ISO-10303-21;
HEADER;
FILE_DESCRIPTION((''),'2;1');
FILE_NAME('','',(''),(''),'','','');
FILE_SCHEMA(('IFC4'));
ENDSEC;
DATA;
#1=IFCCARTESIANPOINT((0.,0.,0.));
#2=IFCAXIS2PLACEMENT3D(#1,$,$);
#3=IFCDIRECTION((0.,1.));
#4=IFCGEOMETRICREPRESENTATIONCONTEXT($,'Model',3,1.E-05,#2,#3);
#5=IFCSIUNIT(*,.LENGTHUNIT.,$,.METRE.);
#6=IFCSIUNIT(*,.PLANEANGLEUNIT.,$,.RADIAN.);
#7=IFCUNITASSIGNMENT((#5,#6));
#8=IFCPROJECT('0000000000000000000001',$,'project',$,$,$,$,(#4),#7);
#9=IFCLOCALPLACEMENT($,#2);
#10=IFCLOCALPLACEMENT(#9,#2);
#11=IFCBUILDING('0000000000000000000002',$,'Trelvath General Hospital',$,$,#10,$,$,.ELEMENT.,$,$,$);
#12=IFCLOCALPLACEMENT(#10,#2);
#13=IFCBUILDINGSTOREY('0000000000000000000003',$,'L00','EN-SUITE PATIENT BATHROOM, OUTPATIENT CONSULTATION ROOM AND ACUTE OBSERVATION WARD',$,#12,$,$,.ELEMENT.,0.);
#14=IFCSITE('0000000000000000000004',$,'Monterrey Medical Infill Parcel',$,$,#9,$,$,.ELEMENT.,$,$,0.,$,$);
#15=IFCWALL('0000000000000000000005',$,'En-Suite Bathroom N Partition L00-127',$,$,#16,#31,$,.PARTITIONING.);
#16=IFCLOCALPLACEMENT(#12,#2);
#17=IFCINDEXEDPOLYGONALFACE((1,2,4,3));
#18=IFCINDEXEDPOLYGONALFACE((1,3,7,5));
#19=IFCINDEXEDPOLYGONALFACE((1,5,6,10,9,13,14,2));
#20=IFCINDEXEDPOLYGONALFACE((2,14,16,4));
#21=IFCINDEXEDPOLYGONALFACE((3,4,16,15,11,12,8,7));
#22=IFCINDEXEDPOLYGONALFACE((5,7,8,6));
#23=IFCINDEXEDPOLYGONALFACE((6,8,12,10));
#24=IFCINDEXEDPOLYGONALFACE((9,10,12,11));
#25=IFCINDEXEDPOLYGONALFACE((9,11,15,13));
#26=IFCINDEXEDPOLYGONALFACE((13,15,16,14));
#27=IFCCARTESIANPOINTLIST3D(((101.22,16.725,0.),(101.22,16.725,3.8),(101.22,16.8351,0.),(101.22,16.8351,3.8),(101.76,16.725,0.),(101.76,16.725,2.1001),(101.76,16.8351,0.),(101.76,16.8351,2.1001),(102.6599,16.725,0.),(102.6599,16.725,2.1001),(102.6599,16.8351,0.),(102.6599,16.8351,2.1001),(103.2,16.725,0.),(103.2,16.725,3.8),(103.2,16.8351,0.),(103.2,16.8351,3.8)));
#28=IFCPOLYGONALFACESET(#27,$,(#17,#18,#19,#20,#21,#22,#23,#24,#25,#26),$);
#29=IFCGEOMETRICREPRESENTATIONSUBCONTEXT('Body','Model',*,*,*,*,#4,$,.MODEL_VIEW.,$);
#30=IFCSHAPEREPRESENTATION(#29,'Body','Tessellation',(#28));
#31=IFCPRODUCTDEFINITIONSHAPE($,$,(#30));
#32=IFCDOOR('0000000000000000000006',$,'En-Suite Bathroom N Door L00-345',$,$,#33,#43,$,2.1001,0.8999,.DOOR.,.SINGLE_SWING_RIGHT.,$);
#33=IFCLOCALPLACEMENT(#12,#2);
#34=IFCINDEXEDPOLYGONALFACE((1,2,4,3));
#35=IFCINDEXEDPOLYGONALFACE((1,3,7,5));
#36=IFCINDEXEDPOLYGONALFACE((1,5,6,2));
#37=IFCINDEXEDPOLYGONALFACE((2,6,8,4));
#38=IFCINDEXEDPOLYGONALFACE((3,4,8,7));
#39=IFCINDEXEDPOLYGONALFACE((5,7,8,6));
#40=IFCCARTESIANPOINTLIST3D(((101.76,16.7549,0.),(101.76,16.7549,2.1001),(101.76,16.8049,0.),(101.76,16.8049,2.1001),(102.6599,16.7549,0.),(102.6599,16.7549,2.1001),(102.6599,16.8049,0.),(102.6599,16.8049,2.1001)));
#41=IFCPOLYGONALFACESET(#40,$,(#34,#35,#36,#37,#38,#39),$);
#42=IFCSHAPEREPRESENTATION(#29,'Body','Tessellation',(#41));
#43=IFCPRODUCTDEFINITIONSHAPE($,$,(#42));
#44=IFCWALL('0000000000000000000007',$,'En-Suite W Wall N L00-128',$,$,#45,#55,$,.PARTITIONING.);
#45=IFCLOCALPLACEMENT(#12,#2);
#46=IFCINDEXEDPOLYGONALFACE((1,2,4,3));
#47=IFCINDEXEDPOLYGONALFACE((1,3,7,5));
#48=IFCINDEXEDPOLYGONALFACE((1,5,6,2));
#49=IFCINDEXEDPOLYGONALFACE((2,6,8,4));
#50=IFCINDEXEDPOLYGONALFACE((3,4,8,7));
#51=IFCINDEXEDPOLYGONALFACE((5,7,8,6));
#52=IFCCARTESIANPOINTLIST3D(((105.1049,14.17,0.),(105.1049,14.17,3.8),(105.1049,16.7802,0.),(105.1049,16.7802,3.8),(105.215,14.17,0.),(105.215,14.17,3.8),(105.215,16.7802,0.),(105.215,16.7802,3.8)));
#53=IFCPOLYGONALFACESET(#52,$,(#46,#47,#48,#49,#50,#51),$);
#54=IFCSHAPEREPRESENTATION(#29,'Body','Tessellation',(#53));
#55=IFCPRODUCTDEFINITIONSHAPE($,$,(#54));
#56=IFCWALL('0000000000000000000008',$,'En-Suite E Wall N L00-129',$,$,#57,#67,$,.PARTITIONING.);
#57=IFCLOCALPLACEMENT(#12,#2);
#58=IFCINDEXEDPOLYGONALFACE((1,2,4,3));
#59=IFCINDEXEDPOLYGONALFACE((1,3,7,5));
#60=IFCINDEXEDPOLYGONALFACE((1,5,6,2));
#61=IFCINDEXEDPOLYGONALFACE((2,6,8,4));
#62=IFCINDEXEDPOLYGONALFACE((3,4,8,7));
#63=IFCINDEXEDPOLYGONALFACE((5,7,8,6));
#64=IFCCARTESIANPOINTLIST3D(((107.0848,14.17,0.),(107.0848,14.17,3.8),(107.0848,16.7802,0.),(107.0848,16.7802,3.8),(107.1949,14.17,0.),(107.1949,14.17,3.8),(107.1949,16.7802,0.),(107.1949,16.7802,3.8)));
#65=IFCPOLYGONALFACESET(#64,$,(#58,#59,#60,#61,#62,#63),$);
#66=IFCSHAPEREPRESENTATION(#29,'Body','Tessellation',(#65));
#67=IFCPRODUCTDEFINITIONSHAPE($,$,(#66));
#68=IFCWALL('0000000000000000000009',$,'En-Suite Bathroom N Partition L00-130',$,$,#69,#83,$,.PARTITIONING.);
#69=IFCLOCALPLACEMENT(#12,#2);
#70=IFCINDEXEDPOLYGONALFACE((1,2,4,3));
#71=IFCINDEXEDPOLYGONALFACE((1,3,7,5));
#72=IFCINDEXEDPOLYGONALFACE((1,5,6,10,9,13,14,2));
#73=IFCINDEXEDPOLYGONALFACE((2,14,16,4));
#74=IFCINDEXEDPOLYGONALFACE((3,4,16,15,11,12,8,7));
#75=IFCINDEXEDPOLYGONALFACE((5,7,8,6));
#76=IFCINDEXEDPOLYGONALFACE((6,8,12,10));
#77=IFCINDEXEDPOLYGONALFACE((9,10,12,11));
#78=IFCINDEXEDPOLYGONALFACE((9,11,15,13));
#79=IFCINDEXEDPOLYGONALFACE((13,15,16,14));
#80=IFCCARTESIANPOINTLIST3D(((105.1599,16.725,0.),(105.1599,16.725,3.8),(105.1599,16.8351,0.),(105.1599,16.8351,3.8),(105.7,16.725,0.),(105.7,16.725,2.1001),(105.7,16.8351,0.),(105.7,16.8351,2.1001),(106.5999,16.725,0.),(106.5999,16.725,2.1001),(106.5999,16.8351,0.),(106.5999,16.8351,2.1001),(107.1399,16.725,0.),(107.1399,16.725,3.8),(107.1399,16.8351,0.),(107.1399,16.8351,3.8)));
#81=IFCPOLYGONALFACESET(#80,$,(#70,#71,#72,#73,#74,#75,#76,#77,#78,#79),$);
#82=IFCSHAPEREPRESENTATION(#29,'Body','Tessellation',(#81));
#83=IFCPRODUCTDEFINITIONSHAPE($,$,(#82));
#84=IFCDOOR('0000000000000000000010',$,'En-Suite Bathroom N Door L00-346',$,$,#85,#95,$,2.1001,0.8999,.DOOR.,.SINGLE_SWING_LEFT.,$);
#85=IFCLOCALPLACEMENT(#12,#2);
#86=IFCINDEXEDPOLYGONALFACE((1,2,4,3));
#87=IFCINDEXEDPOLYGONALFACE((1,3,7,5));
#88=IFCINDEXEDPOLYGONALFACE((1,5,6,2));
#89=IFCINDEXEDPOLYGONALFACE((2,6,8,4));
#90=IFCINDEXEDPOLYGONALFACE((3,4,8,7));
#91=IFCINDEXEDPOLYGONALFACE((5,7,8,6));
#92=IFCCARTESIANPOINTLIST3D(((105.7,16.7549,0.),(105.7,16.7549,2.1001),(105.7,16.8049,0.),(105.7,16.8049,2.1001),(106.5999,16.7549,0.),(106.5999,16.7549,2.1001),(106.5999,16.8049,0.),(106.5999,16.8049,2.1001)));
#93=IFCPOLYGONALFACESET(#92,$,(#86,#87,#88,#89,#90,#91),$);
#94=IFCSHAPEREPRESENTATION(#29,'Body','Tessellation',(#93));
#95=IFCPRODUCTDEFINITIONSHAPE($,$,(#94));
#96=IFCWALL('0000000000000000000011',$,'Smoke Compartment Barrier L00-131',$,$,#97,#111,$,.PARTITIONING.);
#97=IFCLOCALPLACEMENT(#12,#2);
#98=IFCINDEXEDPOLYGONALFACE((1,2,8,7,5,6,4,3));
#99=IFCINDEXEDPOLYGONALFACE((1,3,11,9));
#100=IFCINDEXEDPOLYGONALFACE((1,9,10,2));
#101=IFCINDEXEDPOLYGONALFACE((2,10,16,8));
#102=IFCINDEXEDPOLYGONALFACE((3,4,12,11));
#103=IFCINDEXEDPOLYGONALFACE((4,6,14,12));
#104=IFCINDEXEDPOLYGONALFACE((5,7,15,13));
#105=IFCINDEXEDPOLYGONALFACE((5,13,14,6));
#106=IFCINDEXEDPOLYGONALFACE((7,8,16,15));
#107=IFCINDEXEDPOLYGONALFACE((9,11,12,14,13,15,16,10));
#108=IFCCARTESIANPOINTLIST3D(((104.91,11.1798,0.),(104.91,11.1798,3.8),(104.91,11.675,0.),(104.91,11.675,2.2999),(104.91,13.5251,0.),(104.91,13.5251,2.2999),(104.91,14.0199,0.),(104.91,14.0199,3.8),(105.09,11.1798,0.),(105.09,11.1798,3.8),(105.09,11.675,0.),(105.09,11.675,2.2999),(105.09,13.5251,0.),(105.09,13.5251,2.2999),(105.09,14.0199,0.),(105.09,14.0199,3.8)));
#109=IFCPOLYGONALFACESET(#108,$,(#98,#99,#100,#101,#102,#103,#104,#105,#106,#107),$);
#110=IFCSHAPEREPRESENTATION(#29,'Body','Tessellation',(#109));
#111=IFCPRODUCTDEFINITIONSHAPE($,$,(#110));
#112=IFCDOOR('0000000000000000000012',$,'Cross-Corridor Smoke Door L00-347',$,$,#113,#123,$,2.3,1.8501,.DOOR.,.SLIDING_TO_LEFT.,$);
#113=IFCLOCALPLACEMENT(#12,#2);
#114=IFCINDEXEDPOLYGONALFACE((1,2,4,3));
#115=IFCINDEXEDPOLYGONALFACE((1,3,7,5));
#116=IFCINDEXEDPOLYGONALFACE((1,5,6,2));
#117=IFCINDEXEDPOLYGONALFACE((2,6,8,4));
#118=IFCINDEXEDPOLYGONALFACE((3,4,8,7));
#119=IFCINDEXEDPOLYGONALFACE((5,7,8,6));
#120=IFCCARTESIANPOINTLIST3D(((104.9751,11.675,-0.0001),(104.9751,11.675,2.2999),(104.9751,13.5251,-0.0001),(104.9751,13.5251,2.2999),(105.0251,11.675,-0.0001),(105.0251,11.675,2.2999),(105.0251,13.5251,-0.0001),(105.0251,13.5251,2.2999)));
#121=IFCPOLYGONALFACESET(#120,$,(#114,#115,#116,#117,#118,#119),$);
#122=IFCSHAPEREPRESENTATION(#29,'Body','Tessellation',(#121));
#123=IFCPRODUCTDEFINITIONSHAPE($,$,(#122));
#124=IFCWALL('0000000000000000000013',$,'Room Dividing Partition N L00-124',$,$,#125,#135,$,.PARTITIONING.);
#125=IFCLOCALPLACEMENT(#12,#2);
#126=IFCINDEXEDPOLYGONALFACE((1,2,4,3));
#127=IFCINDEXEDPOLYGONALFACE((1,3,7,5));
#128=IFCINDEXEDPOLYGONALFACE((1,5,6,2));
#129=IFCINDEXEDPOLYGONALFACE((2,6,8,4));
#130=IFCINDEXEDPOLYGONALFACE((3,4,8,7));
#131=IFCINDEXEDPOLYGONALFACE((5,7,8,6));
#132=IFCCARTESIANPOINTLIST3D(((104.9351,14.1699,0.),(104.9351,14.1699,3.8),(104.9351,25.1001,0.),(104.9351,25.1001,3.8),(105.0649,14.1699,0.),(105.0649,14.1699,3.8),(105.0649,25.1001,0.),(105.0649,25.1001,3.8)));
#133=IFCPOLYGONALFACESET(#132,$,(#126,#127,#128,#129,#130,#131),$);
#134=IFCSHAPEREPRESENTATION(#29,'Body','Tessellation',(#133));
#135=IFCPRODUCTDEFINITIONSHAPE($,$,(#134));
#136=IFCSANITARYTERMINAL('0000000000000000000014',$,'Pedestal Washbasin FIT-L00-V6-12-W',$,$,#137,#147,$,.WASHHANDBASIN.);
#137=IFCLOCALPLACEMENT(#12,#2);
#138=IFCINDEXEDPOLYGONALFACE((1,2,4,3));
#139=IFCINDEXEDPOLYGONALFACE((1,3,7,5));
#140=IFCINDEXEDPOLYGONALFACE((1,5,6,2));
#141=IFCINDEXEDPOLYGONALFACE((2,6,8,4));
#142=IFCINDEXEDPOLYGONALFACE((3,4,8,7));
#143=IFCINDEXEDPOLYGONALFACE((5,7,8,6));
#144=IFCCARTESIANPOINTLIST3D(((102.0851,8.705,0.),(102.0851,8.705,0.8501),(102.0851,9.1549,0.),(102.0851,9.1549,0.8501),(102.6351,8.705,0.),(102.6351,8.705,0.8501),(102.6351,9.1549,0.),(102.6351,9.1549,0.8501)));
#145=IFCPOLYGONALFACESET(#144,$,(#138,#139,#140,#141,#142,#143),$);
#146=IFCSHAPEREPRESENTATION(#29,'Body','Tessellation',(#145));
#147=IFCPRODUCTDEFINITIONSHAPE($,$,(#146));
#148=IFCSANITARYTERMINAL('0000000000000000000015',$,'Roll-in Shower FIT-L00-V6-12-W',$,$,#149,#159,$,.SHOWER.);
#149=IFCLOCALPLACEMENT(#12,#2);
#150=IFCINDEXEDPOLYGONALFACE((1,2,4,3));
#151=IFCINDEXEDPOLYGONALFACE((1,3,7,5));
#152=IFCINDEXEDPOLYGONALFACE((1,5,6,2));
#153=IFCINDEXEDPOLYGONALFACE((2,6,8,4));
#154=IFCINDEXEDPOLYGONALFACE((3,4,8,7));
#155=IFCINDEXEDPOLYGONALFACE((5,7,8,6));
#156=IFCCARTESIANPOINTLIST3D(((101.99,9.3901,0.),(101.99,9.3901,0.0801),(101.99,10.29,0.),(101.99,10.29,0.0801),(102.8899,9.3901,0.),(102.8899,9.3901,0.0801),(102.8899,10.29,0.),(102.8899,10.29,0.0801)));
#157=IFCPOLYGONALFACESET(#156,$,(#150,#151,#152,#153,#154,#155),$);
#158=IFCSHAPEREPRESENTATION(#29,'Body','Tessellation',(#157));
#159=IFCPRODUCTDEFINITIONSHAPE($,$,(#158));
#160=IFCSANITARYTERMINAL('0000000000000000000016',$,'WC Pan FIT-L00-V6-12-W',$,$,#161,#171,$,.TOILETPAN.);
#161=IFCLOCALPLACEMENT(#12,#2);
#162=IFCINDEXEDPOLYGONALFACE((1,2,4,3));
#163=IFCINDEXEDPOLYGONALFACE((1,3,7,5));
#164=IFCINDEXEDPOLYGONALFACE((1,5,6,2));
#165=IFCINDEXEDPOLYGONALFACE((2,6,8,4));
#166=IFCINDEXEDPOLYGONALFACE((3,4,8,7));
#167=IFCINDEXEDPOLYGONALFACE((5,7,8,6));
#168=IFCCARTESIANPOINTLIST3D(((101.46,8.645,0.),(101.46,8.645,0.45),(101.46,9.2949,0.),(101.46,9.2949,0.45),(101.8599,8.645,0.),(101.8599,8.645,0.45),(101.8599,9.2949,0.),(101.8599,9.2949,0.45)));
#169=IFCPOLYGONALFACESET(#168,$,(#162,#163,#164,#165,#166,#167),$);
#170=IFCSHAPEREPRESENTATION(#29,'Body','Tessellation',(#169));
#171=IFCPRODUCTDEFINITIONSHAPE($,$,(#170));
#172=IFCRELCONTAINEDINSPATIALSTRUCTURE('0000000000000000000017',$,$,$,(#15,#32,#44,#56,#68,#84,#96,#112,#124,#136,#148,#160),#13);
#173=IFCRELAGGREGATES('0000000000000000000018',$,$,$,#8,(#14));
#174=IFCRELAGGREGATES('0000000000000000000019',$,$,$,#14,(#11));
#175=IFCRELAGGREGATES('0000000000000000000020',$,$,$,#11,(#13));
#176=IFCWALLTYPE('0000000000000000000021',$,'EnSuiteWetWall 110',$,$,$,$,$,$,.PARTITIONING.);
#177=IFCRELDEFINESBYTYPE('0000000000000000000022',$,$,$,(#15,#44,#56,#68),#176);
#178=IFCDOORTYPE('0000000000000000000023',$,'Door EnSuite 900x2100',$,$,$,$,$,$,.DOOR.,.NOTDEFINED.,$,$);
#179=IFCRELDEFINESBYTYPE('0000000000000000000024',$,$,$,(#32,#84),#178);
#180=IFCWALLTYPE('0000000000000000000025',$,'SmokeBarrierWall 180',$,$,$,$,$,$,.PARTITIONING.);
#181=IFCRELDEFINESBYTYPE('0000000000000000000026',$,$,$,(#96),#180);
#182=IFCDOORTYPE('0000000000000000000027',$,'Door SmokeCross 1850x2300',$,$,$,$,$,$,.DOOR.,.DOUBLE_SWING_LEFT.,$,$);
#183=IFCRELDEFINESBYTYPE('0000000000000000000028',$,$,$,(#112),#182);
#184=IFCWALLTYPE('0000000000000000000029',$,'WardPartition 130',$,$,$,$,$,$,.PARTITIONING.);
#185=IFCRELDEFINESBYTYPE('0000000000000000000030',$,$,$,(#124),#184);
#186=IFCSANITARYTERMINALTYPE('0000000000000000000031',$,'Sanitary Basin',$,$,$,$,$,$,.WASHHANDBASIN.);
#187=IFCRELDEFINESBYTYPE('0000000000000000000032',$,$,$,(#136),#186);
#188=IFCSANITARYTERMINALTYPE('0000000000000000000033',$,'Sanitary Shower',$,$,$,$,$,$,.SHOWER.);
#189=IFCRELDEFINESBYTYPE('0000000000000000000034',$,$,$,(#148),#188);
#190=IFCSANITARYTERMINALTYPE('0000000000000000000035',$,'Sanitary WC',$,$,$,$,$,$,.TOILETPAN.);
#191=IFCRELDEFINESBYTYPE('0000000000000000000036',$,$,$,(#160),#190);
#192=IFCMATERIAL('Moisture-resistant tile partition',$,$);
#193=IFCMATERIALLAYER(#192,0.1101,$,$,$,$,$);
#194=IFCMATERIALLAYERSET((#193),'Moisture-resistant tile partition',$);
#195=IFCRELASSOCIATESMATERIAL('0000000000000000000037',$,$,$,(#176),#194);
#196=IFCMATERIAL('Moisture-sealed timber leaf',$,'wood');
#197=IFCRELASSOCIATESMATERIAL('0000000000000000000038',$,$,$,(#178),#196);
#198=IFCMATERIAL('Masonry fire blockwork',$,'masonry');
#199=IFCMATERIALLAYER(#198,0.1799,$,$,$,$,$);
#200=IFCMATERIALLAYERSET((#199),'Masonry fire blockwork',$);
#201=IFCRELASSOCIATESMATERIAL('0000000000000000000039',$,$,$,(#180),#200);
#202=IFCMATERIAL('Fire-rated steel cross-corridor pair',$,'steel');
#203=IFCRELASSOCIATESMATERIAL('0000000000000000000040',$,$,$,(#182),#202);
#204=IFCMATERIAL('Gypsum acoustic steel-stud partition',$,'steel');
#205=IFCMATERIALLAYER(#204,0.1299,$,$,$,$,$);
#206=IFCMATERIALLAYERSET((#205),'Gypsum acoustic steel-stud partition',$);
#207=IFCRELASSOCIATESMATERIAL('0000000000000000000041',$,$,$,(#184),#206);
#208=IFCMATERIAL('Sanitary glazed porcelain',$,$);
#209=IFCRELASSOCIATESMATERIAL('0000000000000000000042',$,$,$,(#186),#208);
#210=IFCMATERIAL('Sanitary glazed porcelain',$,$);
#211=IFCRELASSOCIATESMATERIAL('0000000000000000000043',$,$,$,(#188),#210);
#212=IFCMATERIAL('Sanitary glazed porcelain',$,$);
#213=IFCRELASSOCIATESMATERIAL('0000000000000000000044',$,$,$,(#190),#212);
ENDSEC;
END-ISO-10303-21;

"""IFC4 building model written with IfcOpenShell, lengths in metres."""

from ifc_helpers import new_model, si_unit, direction, frame, frame_2d, origin, origin_2d, place, context, subcontext, project, spatial, rectangle, extrude, material, layer, layer_set, type_object, element, fill, save


model = new_model("IFC4")

# Units and contexts
model_context = context("Model", 3, precision=1e-05, world=origin(), true_north=direction((0.0, 1.0)))
body_context = subcontext(model_context, "Body", "Model", "MODEL_VIEW")
ifc_project = project(units=[si_unit("LENGTHUNIT", "METRE"), si_unit("PLANEANGLEUNIT", "RADIAN")], contexts=[model_context])

# Site, building, storey
site_placement = place(None, origin())
site = spatial("IfcSite", under=ifc_project, at=site_placement, Name="Monterrey Medical Infill Parcel", CompositionType="ELEMENT", RefElevation=0.0)
building_placement = place(site_placement, origin())
building = spatial("IfcBuilding", under=site, at=building_placement, Name="Trelvath General Hospital", CompositionType="ELEMENT")
storey_placement = place(building_placement, origin())
storey = spatial("IfcBuildingStorey", under=building, at=storey_placement, Name="L00", Description="EN-SUITE PATIENT BATHROOM, OUTPATIENT CONSULTATION ROOM AND ACUTE OBSERVATION WARD", CompositionType="ELEMENT", Elevation=0.0)

# Shared definitions
ifc_material_1 = material(Name="Moisture-resistant tile partition")
ifc_layer_1 = layer(ifc_material_1, 0.1101)
ifc_layer_set_1 = layer_set([ifc_layer_1], Name="Moisture-resistant tile partition")
wall_type_1 = type_object("IfcWallType", Name="EnSuiteWetWall 110", PredefinedType="PARTITIONING", material=ifc_layer_set_1)

# Shared definitions
ifc_material_2 = material(Name="Moisture-sealed timber leaf", Category="wood")
door_type_1 = type_object("IfcDoorType", Name="Door EnSuite 900x2100", OperationType="NOTDEFINED", PredefinedType="DOOR", material=ifc_material_2)

# Wall, opening, door
wall_1_placement = place(storey_placement, frame((101.22, 16.78, 0.0), z_axis=(0.0, 0.0, 1.0), x_axis=(1.0, 0.0, 0.0)))
wall_1 = element("IfcWall", 1, at=wall_1_placement, inside=storey, type_object=wall_type_1, Name="En-Suite Bathroom N Partition L00-127", PredefinedType="PARTITIONING", context=body_context, shape_type="SweptSolid", body=[
    extrude(rectangle(XDim=1.98, YDim=0.1101, at=frame_2d((0.99, 0.0))), origin(), (0.0, 0.0, 1.0), 3.8),
])
opening_1_placement = place(wall_1_placement, frame((0.54, 0.0, 0.0)))
opening_1 = element("IfcOpeningElement", 2, at=opening_1_placement, cuts=wall_1, PredefinedType="OPENING", context=body_context, shape_type="SweptSolid", body=[
    extrude(rectangle(XDim=0.8999, YDim=2.1001, at=frame_2d((0.45, 1.05))), frame((0.0, 0.0649, 0.0), z_axis=(0.0, -1.0, 0.0), x_axis=(1.0, 0.0, 0.0)), (0.0, 0.0, 1.0), 0.1301),
])
door_1_placement = place(opening_1_placement, origin())
door_1 = element("IfcDoor", 3, at=door_1_placement, inside=storey, type_object=door_type_1, Name="En-Suite Bathroom N Door L00-345", OperationType="SINGLE_SWING_RIGHT", OverallHeight=2.1001, OverallWidth=0.8999, PredefinedType="DOOR", context=body_context, shape_type="SweptSolid", body=[
    extrude(rectangle(XDim=0.8999, YDim=2.1001, at=frame_2d((0.45, 1.05))), frame((0.0, 0.0249, 0.0), z_axis=(0.0, -1.0, 0.0), x_axis=(1.0, 0.0, 0.0)), (0.0, 0.0, 1.0), 0.05),
])
fill(opening_1, door_1)

# Walls
for number, where, z_axis, x_axis, name in (
    (4, (105.1599, 14.1699, 0.0), (0.0, 0.0, 1.0), (0.0, 1.0, 0.0), "En-Suite W Wall N L00-128"),
    (5, (107.1399, 14.1699, 0.0), (0.0, 0.0, 1.0), (0.0, 1.0, 0.0), "En-Suite E Wall N L00-129"),
):
    element("IfcWall", number, at=place(storey_placement, frame(where, z_axis=z_axis, x_axis=x_axis)), inside=storey, type_object=wall_type_1, Name=name, PredefinedType="PARTITIONING", context=body_context, shape_type="SweptSolid", body=[
        extrude(rectangle(XDim=2.6101, YDim=0.1101, at=frame_2d((1.3052, 0.0))), origin(), (0.0, 0.0, 1.0), 3.8),
    ])

# Walls, openings, doors
wall_2_placement = place(storey_placement, frame((105.1599, 16.78, 0.0), z_axis=(0.0, 0.0, 1.0), x_axis=(1.0, 0.0, 0.0)))
wall_2 = element("IfcWall", 6, at=wall_2_placement, inside=storey, type_object=wall_type_1, Name="En-Suite Bathroom N Partition L00-130", PredefinedType="PARTITIONING", context=body_context, shape_type="SweptSolid", body=[
    extrude(rectangle(XDim=1.98, YDim=0.1101, at=frame_2d((0.99, 0.0))), origin(), (0.0, 0.0, 1.0), 3.8),
])
opening_2_placement = place(wall_2_placement, frame((0.54, 0.0, 0.0)))
opening_2 = element("IfcOpeningElement", 7, at=opening_2_placement, cuts=wall_2, PredefinedType="OPENING", context=body_context, shape_type="SweptSolid", body=[
    extrude(rectangle(XDim=0.8999, YDim=2.1001, at=frame_2d((0.45, 1.05))), frame((0.0, 0.0649, 0.0), z_axis=(0.0, -1.0, 0.0), x_axis=(1.0, 0.0, 0.0)), (0.0, 0.0, 1.0), 0.1301),
])
door_2_placement = place(opening_2_placement, origin())
door_2 = element("IfcDoor", 8, at=door_2_placement, inside=storey, type_object=door_type_1, Name="En-Suite Bathroom N Door L00-346", OperationType="SINGLE_SWING_LEFT", OverallHeight=2.1001, OverallWidth=0.8999, PredefinedType="DOOR", context=body_context, shape_type="SweptSolid", body=[
    extrude(rectangle(XDim=0.8999, YDim=2.1001, at=frame_2d((0.45, 1.05))), frame((0.0, 0.0249, 0.0), z_axis=(0.0, -1.0, 0.0), x_axis=(1.0, 0.0, 0.0)), (0.0, 0.0, 1.0), 0.05),
])
fill(opening_2, door_2)
ifc_material_3 = material(Name="Masonry fire blockwork", Category="masonry")
ifc_layer_2 = layer(ifc_material_3, 0.1799)
ifc_layer_set_2 = layer_set([ifc_layer_2], Name="Masonry fire blockwork")
wall_type_2 = type_object("IfcWallType", Name="SmokeBarrierWall 180", PredefinedType="PARTITIONING", material=ifc_layer_set_2)
wall_3_placement = place(storey_placement, frame((105.0, 11.1799, 0.0), z_axis=(0.0, 0.0, 1.0), x_axis=(0.0, 1.0, 0.0)))
wall_3 = element("IfcWall", 9, at=wall_3_placement, inside=storey, type_object=wall_type_2, Name="Smoke Compartment Barrier L00-131", PredefinedType="PARTITIONING", context=body_context, shape_type="SweptSolid", body=[
    extrude(rectangle(XDim=2.8401, YDim=0.1799, at=frame_2d((1.4199, 0.0))), origin(), (0.0, 0.0, 1.0), 3.8),
])
opening_3_placement = place(wall_3_placement, frame((0.4951, 0.0, 0.0)))
opening_3 = element("IfcOpeningElement", 10, at=opening_3_placement, cuts=wall_3, PredefinedType="OPENING", context=body_context, shape_type="SweptSolid", body=[
    extrude(rectangle(XDim=1.8501, YDim=2.3, at=frame_2d((0.925, 1.1499))), frame((0.0, 0.0999, 0.0), z_axis=(0.0, -1.0, 0.0), x_axis=(1.0, 0.0, 0.0)), (0.0, 0.0, 1.0), 0.2),
])
ifc_material_4 = material(Name="Fire-rated steel cross-corridor pair", Category="steel")
door_type_2 = type_object("IfcDoorType", Name="Door SmokeCross 1850x2300", OperationType="DOUBLE_SWING_LEFT", PredefinedType="DOOR", material=ifc_material_4)
door_3_placement = place(opening_3_placement, origin())
door_3 = element("IfcDoor", 11, at=door_3_placement, inside=storey, type_object=door_type_2, Name="Cross-Corridor Smoke Door L00-347", OperationType="SLIDING_TO_LEFT", OverallHeight=2.3, OverallWidth=1.8501, PredefinedType="DOOR", context=body_context, shape_type="SweptSolid", body=[
    extrude(rectangle(XDim=1.8501, YDim=2.3, at=frame_2d((0.925, 1.1499))), frame((0.0, 0.0249, 0.0), z_axis=(0.0, -1.0, 0.0), x_axis=(1.0, 0.0, 0.0)), (0.0, 0.0, 1.0), 0.05),
])
fill(opening_3, door_3)

# Wall
ifc_material_5 = material(Name="Gypsum acoustic steel-stud partition", Category="steel")
ifc_layer_3 = layer(ifc_material_5, 0.1299)
ifc_layer_set_3 = layer_set([ifc_layer_3], Name="Gypsum acoustic steel-stud partition")
wall_type_3 = type_object("IfcWallType", Name="WardPartition 130", PredefinedType="PARTITIONING", material=ifc_layer_set_3)
wall_4_placement = place(storey_placement, frame((105.0, 14.1699, 0.0), z_axis=(0.0, 0.0, 1.0), x_axis=(0.0, 1.0, 0.0)))
element("IfcWall", 12, at=wall_4_placement, inside=storey, type_object=wall_type_3, Name="Room Dividing Partition N L00-124", PredefinedType="PARTITIONING", context=body_context, shape_type="SweptSolid", body=[
    extrude(rectangle(XDim=10.9302, YDim=0.1299, at=frame_2d((5.4651, 0.0))), origin(), (0.0, 0.0, 1.0), 3.8),
])

# Sanitary terminals
ifc_material_6 = material(Name="Sanitary glazed porcelain")
sanitary_terminal_type_1 = type_object("IfcSanitaryTerminalType", Name="Sanitary Basin", PredefinedType="WASHHANDBASIN", material=ifc_material_6)
sanitary_terminal_1_placement = place(storey_placement, frame((102.3601, 8.9299, 0.0), z_axis=(0.0, 0.0, 1.0), x_axis=(1.0, 0.0, 0.0)))
element("IfcSanitaryTerminal", 13, at=sanitary_terminal_1_placement, inside=storey, type_object=sanitary_terminal_type_1, Name="Pedestal Washbasin FIT-L00-V6-12-W", PredefinedType="WASHHANDBASIN", context=body_context, shape_type="SweptSolid", body=[
    extrude(rectangle(XDim=0.55, YDim=0.45, at=origin_2d()), origin(), (0.0, 0.0, 1.0), 0.8501),
])
ifc_material_7 = material(Name="Sanitary glazed porcelain")
sanitary_terminal_type_2 = type_object("IfcSanitaryTerminalType", Name="Sanitary Shower", PredefinedType="SHOWER", material=ifc_material_7)
sanitary_terminal_2_placement = place(storey_placement, frame((102.4399, 9.8401, 0.0), z_axis=(0.0, 0.0, 1.0), x_axis=(1.0, 0.0, 0.0)))
element("IfcSanitaryTerminal", 14, at=sanitary_terminal_2_placement, inside=storey, type_object=sanitary_terminal_type_2, Name="Roll-in Shower FIT-L00-V6-12-W", PredefinedType="SHOWER", context=body_context, shape_type="SweptSolid", body=[
    extrude(rectangle(XDim=0.8999, YDim=0.8999, at=origin_2d()), origin(), (0.0, 0.0, 1.0), 0.0801),
])
ifc_material_8 = material(Name="Sanitary glazed porcelain")
sanitary_terminal_type_3 = type_object("IfcSanitaryTerminalType", Name="Sanitary WC", PredefinedType="TOILETPAN", material=ifc_material_8)
sanitary_terminal_3_placement = place(storey_placement, frame((101.6599, 8.97, 0.0), z_axis=(0.0, 0.0, 1.0), x_axis=(1.0, 0.0, 0.0)))
element("IfcSanitaryTerminal", 15, at=sanitary_terminal_3_placement, inside=storey, type_object=sanitary_terminal_type_3, Name="WC Pan FIT-L00-V6-12-W", PredefinedType="TOILETPAN", context=body_context, shape_type="SweptSolid", body=[
    extrude(rectangle(XDim=0.3999, YDim=0.6499, at=origin_2d()), origin(), (0.0, 0.0, 1.0), 0.45),
])

save(model, "model.ifc")
